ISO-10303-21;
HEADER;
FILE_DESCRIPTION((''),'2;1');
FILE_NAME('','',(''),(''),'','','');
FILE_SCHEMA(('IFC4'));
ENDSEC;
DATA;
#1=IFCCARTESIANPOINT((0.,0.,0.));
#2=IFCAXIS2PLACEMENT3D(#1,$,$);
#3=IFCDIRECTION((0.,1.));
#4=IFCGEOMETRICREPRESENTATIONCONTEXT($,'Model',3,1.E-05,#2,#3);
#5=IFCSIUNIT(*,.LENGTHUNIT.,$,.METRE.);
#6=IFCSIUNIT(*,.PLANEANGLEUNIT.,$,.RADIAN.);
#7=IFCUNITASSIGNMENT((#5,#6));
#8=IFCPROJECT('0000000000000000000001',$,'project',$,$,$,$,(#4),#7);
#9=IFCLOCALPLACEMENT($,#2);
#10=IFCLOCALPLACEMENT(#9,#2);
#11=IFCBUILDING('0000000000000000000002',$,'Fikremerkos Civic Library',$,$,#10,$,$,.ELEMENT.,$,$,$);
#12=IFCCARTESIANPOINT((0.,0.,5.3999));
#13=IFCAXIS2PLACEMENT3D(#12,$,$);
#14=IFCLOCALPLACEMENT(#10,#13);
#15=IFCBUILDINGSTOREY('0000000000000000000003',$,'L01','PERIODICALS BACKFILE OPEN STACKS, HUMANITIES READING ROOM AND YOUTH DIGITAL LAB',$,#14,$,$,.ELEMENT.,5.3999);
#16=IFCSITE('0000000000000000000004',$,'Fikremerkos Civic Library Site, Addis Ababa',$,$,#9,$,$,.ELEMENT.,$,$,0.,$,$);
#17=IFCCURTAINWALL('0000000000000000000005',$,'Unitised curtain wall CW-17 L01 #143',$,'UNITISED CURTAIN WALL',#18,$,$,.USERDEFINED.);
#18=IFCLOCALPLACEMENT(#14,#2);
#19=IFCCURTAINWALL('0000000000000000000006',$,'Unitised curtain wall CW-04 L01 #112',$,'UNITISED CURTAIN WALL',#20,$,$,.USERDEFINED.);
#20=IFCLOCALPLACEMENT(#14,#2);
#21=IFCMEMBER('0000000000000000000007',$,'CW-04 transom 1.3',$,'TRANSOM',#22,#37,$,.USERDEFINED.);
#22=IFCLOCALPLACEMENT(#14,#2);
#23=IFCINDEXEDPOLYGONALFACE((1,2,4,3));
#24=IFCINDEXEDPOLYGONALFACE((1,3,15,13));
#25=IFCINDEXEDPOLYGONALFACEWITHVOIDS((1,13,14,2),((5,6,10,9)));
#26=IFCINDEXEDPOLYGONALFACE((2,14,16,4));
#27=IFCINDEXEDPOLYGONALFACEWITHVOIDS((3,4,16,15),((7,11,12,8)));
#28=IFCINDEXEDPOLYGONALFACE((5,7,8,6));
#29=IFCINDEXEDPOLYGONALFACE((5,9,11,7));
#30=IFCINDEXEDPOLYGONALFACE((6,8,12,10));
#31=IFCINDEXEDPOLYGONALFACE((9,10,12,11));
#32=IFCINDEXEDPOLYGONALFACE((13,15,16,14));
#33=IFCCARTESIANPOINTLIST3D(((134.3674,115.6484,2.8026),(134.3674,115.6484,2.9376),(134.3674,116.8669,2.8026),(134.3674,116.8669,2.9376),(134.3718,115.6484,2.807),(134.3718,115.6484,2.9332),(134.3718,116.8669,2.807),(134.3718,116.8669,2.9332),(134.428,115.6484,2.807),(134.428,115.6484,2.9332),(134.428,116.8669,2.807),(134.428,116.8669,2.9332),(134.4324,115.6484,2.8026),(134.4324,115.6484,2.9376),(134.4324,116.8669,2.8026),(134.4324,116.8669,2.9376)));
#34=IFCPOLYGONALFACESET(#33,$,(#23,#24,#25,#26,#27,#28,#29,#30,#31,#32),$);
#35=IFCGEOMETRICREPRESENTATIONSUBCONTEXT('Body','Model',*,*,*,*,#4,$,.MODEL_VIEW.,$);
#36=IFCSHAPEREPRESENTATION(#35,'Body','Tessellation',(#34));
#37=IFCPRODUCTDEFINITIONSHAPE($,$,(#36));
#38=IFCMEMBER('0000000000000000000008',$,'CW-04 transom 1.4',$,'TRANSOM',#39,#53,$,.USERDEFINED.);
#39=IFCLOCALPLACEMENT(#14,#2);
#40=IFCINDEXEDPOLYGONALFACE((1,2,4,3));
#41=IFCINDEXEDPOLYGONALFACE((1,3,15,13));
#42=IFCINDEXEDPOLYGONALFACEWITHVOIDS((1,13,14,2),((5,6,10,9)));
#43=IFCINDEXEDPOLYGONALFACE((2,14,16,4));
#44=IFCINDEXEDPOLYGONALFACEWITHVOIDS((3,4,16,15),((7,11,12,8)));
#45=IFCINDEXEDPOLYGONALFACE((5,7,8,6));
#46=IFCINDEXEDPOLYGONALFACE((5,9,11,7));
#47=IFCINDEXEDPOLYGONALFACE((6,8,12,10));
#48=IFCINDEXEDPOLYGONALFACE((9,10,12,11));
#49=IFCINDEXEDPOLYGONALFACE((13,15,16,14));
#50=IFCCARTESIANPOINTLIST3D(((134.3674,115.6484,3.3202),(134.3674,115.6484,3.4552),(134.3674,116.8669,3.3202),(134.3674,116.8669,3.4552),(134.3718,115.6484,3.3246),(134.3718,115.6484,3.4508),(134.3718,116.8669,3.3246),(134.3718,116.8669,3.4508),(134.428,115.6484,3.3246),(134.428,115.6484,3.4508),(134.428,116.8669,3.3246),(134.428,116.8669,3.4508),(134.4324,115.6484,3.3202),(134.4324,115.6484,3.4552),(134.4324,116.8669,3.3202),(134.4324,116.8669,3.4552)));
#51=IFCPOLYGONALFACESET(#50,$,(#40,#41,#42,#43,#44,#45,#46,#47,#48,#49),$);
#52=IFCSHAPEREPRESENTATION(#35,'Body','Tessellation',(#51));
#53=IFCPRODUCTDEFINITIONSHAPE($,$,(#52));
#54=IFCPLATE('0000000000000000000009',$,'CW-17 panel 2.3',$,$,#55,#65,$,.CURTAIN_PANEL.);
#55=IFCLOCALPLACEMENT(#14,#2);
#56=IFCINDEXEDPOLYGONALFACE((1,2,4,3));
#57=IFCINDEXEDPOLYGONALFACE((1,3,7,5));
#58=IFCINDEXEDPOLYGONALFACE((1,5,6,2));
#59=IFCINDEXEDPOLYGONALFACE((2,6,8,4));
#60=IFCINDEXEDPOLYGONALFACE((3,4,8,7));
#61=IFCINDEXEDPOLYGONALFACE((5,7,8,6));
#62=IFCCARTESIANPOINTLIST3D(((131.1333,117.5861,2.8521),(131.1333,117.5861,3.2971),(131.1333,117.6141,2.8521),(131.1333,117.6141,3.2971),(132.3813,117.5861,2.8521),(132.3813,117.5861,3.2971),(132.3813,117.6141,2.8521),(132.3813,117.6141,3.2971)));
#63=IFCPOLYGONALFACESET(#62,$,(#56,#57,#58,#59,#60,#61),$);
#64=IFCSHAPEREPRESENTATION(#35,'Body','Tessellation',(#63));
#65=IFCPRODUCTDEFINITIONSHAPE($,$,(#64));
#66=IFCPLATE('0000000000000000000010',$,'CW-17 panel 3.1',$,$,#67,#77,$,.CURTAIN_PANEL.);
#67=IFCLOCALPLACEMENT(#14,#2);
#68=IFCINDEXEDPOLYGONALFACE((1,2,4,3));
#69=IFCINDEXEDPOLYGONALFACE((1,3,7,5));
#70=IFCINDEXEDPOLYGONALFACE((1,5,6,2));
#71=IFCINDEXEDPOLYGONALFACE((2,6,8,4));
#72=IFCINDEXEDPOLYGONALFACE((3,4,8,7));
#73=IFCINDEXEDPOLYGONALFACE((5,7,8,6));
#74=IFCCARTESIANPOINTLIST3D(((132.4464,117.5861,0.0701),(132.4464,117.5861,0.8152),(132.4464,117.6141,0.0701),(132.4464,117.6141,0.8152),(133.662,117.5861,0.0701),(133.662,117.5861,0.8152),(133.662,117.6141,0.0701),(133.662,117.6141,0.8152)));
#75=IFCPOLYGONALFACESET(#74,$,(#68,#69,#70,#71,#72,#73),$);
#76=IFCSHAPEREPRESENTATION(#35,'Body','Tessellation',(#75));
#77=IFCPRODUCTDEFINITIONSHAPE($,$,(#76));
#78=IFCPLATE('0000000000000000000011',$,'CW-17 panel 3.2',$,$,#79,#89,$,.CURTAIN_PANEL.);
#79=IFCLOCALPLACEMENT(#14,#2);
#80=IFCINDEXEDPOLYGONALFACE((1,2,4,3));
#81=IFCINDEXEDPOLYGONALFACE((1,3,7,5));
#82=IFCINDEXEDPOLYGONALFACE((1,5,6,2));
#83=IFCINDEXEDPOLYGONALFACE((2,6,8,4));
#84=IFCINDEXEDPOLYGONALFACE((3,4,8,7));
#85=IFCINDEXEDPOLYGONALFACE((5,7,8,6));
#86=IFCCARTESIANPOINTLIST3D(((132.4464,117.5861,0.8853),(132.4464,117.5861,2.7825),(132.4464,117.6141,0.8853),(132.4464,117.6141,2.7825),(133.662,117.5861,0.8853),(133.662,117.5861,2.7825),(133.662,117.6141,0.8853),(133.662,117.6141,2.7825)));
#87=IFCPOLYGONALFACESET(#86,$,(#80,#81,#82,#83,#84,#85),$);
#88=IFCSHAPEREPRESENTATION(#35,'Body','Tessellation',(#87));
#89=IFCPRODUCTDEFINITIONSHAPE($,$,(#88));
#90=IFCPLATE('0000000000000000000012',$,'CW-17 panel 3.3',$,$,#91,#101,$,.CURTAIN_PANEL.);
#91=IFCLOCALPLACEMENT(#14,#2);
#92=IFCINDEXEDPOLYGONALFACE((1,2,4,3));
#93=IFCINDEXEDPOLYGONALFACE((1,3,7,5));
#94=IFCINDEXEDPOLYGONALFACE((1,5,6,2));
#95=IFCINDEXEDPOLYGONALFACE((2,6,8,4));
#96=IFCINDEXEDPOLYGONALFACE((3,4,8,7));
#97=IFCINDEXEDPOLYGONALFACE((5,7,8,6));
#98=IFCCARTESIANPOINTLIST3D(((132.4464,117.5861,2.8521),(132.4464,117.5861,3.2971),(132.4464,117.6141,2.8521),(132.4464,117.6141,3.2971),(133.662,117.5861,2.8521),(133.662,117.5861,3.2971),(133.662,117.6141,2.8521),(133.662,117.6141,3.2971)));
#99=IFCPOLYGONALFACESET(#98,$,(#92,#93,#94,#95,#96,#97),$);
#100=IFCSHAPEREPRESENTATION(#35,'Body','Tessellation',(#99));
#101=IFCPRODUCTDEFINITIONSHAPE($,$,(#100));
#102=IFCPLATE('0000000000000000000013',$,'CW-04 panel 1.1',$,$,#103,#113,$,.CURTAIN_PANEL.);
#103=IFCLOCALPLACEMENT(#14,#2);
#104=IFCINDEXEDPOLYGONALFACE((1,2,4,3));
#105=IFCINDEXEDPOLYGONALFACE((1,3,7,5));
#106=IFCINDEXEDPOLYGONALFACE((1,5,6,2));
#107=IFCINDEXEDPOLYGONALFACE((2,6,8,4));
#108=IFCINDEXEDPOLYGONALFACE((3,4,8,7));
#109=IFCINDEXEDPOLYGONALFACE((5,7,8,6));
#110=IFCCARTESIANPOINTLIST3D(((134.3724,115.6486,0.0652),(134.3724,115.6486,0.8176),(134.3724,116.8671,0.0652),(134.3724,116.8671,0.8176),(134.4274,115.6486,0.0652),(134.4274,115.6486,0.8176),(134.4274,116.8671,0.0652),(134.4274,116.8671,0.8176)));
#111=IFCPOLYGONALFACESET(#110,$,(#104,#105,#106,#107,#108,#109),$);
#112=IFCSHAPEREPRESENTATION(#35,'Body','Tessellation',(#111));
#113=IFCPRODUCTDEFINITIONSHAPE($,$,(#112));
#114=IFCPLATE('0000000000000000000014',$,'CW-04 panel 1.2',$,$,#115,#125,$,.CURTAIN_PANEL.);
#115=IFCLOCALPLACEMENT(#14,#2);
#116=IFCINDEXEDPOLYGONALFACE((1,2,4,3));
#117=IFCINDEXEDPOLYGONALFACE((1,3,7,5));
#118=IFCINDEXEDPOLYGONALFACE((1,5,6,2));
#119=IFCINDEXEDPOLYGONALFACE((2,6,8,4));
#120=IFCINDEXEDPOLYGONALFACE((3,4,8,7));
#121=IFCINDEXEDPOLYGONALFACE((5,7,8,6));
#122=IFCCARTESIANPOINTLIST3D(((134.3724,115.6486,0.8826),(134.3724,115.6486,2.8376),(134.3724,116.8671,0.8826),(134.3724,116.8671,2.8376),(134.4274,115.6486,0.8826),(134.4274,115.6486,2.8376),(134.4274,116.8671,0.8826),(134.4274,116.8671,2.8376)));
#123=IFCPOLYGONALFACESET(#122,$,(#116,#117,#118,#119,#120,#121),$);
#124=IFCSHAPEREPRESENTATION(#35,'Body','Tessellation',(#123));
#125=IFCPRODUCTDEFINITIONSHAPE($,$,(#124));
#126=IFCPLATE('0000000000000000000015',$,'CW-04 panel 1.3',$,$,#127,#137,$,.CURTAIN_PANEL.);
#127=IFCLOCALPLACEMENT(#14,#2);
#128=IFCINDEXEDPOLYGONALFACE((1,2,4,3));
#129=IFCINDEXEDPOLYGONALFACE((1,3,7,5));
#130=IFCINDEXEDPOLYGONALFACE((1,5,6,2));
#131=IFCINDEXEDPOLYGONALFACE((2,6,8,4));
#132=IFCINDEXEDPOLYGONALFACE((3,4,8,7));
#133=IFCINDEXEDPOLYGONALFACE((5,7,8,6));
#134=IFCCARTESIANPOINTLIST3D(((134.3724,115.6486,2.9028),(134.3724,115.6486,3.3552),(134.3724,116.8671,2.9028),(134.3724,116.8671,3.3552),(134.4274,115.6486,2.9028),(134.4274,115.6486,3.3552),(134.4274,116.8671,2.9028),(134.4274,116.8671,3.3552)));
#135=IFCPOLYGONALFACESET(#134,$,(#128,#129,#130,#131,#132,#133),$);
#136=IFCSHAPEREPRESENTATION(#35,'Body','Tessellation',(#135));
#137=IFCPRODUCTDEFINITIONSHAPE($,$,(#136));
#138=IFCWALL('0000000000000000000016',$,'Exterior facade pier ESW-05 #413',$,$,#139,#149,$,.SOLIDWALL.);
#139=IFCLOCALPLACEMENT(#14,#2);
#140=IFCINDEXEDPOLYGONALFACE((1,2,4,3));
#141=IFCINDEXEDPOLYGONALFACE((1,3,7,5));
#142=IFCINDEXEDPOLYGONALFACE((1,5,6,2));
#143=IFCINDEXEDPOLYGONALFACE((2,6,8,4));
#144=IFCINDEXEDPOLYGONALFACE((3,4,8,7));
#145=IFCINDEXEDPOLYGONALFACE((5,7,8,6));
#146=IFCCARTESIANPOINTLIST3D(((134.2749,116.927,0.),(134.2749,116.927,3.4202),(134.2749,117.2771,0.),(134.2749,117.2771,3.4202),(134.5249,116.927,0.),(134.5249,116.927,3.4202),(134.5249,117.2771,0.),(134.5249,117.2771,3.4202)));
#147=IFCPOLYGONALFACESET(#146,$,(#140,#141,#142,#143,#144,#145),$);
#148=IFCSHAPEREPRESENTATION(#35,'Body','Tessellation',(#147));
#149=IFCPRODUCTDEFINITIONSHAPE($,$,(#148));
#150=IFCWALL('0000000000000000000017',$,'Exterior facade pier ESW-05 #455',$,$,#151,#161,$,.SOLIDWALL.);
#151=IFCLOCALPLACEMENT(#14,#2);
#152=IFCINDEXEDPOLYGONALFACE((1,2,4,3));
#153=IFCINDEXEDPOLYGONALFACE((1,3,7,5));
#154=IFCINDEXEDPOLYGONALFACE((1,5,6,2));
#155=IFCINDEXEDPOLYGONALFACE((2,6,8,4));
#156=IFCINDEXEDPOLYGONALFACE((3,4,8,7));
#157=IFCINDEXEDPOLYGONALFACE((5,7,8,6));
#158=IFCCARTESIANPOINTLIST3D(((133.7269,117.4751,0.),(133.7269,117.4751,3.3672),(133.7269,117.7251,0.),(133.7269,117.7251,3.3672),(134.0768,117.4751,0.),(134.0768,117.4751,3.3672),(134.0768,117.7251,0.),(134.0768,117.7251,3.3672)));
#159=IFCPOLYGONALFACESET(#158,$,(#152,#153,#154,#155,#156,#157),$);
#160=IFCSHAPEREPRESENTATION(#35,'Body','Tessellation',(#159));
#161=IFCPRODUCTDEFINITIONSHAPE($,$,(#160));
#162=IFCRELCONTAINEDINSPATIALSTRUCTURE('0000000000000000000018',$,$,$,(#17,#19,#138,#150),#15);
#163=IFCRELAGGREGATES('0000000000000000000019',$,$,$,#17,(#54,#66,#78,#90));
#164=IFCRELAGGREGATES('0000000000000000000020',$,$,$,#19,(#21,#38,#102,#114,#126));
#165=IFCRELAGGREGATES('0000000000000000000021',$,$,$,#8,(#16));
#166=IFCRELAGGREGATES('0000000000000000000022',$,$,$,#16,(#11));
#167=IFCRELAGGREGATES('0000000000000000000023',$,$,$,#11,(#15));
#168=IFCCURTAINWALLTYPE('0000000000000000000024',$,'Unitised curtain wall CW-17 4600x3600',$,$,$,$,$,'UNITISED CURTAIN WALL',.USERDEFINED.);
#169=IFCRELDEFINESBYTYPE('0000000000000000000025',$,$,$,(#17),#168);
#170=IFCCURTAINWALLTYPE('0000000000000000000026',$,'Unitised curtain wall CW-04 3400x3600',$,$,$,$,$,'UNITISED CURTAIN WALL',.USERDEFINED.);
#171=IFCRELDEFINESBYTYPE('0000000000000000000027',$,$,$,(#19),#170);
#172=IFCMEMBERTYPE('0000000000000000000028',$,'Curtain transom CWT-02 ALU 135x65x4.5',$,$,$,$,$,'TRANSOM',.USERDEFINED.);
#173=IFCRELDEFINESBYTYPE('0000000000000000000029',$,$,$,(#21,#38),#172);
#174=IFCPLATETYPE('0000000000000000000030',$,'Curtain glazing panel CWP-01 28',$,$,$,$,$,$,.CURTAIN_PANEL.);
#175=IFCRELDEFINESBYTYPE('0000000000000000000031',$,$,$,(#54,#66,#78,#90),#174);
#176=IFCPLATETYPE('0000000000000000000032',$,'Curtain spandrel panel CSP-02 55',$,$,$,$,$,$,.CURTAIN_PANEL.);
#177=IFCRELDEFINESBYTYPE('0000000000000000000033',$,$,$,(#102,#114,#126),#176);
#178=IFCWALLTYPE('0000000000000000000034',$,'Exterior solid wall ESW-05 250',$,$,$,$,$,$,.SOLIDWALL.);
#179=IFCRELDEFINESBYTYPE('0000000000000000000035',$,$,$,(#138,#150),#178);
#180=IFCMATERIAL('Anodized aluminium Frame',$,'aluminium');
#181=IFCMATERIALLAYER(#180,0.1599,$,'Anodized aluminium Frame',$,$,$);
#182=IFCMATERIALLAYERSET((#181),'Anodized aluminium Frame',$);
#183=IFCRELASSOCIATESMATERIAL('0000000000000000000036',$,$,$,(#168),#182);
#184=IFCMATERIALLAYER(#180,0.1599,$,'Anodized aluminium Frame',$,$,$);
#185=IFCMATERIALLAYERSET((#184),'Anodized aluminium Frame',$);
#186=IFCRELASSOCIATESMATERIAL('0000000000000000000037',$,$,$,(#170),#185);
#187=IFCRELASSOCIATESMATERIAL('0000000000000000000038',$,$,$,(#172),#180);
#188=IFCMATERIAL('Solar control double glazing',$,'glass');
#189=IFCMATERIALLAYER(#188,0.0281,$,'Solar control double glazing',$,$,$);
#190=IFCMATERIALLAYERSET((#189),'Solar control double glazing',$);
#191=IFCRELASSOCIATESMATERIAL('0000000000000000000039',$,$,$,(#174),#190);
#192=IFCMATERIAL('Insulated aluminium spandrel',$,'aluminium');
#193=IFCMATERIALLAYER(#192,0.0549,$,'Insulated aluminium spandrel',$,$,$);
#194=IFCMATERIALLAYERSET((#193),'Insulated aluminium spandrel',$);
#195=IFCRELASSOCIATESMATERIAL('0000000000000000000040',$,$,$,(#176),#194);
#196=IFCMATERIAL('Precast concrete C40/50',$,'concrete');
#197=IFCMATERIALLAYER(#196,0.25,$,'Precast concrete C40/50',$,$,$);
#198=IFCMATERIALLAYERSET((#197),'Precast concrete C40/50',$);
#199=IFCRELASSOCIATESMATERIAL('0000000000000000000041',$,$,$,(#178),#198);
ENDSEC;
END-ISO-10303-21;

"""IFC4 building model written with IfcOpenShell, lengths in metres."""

from ifc_helpers import new_model, si_unit, direction, frame, frame_2d, origin, origin_2d, place, context, subcontext, project, spatial, rectangle, hollow_rectangle, extrude, material, layer, layer_set, material_profile, profile_set, type_object, element, aggregate, save


model = new_model("IFC4")

# Units and contexts
model_context = context("Model", 3, precision=1e-05, world=origin(), true_north=direction((0.0, 1.0)))
body_context = subcontext(model_context, "Body", "Model", "MODEL_VIEW")
ifc_project = project(units=[si_unit("LENGTHUNIT", "METRE"), si_unit("PLANEANGLEUNIT", "RADIAN")], contexts=[model_context])

# Site, building, storey
site_placement = place(None, origin())
site = spatial("IfcSite", under=ifc_project, at=site_placement, Name="Fikremerkos Civic Library Site, Addis Ababa", CompositionType="ELEMENT", RefElevation=0.0)
building_placement = place(site_placement, origin())
building = spatial("IfcBuilding", under=site, at=building_placement, Name="Fikremerkos Civic Library", CompositionType="ELEMENT")
storey_placement = place(building_placement, frame((0.0, 0.0, 5.3999)))
storey = spatial("IfcBuildingStorey", under=building, at=storey_placement, Name="L01", Description="PERIODICALS BACKFILE OPEN STACKS, HUMANITIES READING ROOM AND YOUTH DIGITAL LAB", CompositionType="ELEMENT", Elevation=5.3999)

# Curtain wall
ifc_material_1 = material(Name="Anodized aluminium Frame", Category="aluminium")
ifc_layer_1 = layer(ifc_material_1, 0.1599, Name="Anodized aluminium Frame")
ifc_layer_set_1 = layer_set([ifc_layer_1], Name="Anodized aluminium Frame")
curtain_wall_type_1 = type_object("IfcCurtainWallType", Name="Unitised curtain wall CW-17 4600x3600", ElementType="UNITISED CURTAIN WALL", PredefinedType="USERDEFINED", material=ifc_layer_set_1)
curtain_wall_1_placement = place(storey_placement, origin())
curtain_wall_1 = element("IfcCurtainWall", 1, at=curtain_wall_1_placement, inside=storey, type_object=curtain_wall_type_1, Name="Unitised curtain wall CW-17 L01 #143", ObjectType="UNITISED CURTAIN WALL", PredefinedType="USERDEFINED")

# Curtain wall
ifc_layer_2 = layer(ifc_material_1, 0.1599, Name="Anodized aluminium Frame")
ifc_layer_set_2 = layer_set([ifc_layer_2], Name="Anodized aluminium Frame")
curtain_wall_type_2 = type_object("IfcCurtainWallType", Name="Unitised curtain wall CW-04 3400x3600", ElementType="UNITISED CURTAIN WALL", PredefinedType="USERDEFINED", material=ifc_layer_set_2)
curtain_wall_2_placement = place(storey_placement, origin())
curtain_wall_2 = element("IfcCurtainWall", 2, at=curtain_wall_2_placement, inside=storey, type_object=curtain_wall_type_2, Name="Unitised curtain wall CW-04 L01 #112", ObjectType="UNITISED CURTAIN WALL", PredefinedType="USERDEFINED")

# Members
ifc_material_profile_1 = material_profile(ifc_material_1, hollow_rectangle(XDim=0.0649, YDim=0.135, WallThickness=0.0044, at=origin_2d()), Name="ALU 135x65x4.5")
ifc_profile_set_1 = profile_set([ifc_material_profile_1], Name="Anodized aluminium Frame")
member_type_1 = type_object("IfcMemberType", Name="Curtain transom CWT-02 ALU 135x65x4.5", ElementType="TRANSOM", PredefinedType="USERDEFINED", material=ifc_profile_set_1)
member_1_placement = place(storey_placement, frame((134.3999, 116.8669, 2.8701), z_axis=(0.0, -1.0, 0.0), x_axis=(1.0, 0.0, 0.0)))
member_1 = element("IfcMember", 3, at=member_1_placement, type_object=member_type_1, Name="CW-04 transom 1.3", ObjectType="TRANSOM", PredefinedType="USERDEFINED", context=body_context, shape_type="SweptSolid", body=[
    extrude(hollow_rectangle(XDim=0.0649, YDim=0.135, WallThickness=0.0044, at=origin_2d()), origin(), (0.0, 0.0, 1.0), 1.2185),
])
member_2_placement = place(storey_placement, frame((134.3999, 116.8669, 3.3877), z_axis=(0.0, -1.0, 0.0), x_axis=(1.0, 0.0, 0.0)))
member_2 = element("IfcMember", 4, at=member_2_placement, type_object=member_type_1, Name="CW-04 transom 1.4", ObjectType="TRANSOM", PredefinedType="USERDEFINED", context=body_context, shape_type="SweptSolid", body=[
    extrude(hollow_rectangle(XDim=0.0649, YDim=0.135, WallThickness=0.0044, at=origin_2d()), origin(), (0.0, 0.0, 1.0), 1.2185),
])

# Plates
ifc_material_2 = material(Name="Solar control double glazing", Category="glass")
ifc_layer_3 = layer(ifc_material_2, 0.0281, Name="Solar control double glazing")
ifc_layer_set_3 = layer_set([ifc_layer_3], Name="Solar control double glazing")
plate_type_1 = type_object("IfcPlateType", Name="Curtain glazing panel CWP-01 28", PredefinedType="CURTAIN_PANEL", material=ifc_layer_set_3)
plate_1_placement = place(storey_placement, frame((131.7573, 117.6001, 2.8521), z_axis=(0.0, 0.0, 1.0), x_axis=(1.0, 0.0, 0.0)))
plate_1 = element("IfcPlate", 5, at=plate_1_placement, type_object=plate_type_1, Name="CW-17 panel 2.3", PredefinedType="CURTAIN_PANEL", context=body_context, shape_type="SweptSolid", body=[
    extrude(rectangle(XDim=1.248, YDim=0.0281, at=origin_2d()), origin(), (0.0, 0.0, 1.0), 0.4451),
])
plate_2_placement = place(storey_placement, frame((133.0542, 117.6001, 0.0701), z_axis=(0.0, 0.0, 1.0), x_axis=(1.0, 0.0, 0.0)))
plate_2 = element("IfcPlate", 6, at=plate_2_placement, type_object=plate_type_1, Name="CW-17 panel 3.1", PredefinedType="CURTAIN_PANEL", context=body_context, shape_type="SweptSolid", body=[
    extrude(rectangle(XDim=1.2156, YDim=0.0281, at=origin_2d()), origin(), (0.0, 0.0, 1.0), 0.7451),
])
plate_3_placement = place(storey_placement, frame((133.0542, 117.6001, 0.8853), z_axis=(0.0, 0.0, 1.0), x_axis=(1.0, 0.0, 0.0)))
plate_3 = element("IfcPlate", 7, at=plate_3_placement, type_object=plate_type_1, Name="CW-17 panel 3.2", PredefinedType="CURTAIN_PANEL", context=body_context, shape_type="SweptSolid", body=[
    extrude(rectangle(XDim=1.2156, YDim=0.0281, at=origin_2d()), origin(), (0.0, 0.0, 1.0), 1.8972),
])
plate_4_placement = place(storey_placement, frame((133.0542, 117.6001, 2.8521), z_axis=(0.0, 0.0, 1.0), x_axis=(1.0, 0.0, 0.0)))
plate_4 = element("IfcPlate", 8, at=plate_4_placement, type_object=plate_type_1, Name="CW-17 panel 3.3", PredefinedType="CURTAIN_PANEL", context=body_context, shape_type="SweptSolid", body=[
    extrude(rectangle(XDim=1.2156, YDim=0.0281, at=origin_2d()), origin(), (0.0, 0.0, 1.0), 0.4451),
])
aggregate(curtain_wall_1, [plate_1, plate_2, plate_3, plate_4])
ifc_material_3 = material(Name="Insulated aluminium spandrel", Category="aluminium")
ifc_layer_4 = layer(ifc_material_3, 0.0549, Name="Insulated aluminium spandrel")
ifc_layer_set_4 = layer_set([ifc_layer_4], Name="Insulated aluminium spandrel")
plate_type_2 = type_object("IfcPlateType", Name="Curtain spandrel panel CSP-02 55", PredefinedType="CURTAIN_PANEL", material=ifc_layer_set_4)
plate_5_placement = place(storey_placement, frame((134.3999, 116.2578, 0.0652), z_axis=(0.0, 0.0, 1.0), x_axis=(0.0, -1.0, 0.0)))
plate_5 = element("IfcPlate", 9, at=plate_5_placement, type_object=plate_type_2, Name="CW-04 panel 1.1", PredefinedType="CURTAIN_PANEL", context=body_context, shape_type="SweptSolid", body=[
    extrude(rectangle(XDim=1.2185, YDim=0.0549, at=origin_2d()), origin(), (0.0, 0.0, 1.0), 0.7524),
])
plate_6_placement = place(storey_placement, frame((134.3999, 116.2578, 0.8826), z_axis=(0.0, 0.0, 1.0), x_axis=(0.0, -1.0, 0.0)))
plate_6 = element("IfcPlate", 10, at=plate_6_placement, type_object=plate_type_2, Name="CW-04 panel 1.2", PredefinedType="CURTAIN_PANEL", context=body_context, shape_type="SweptSolid", body=[
    extrude(rectangle(XDim=1.2185, YDim=0.0549, at=origin_2d()), origin(), (0.0, 0.0, 1.0), 1.9551),
])
plate_7_placement = place(storey_placement, frame((134.3999, 116.2578, 2.9028), z_axis=(0.0, 0.0, 1.0), x_axis=(0.0, -1.0, 0.0)))
plate_7 = element("IfcPlate", 11, at=plate_7_placement, type_object=plate_type_2, Name="CW-04 panel 1.3", PredefinedType="CURTAIN_PANEL", context=body_context, shape_type="SweptSolid", body=[
    extrude(rectangle(XDim=1.2185, YDim=0.0549, at=origin_2d()), origin(), (0.0, 0.0, 1.0), 0.4524),
])
aggregate(curtain_wall_2, [member_1, member_2, plate_5, plate_6, plate_7])

# Walls
ifc_material_4 = material(Name="Precast concrete C40/50", Category="concrete")
ifc_layer_5 = layer(ifc_material_4, 0.25, Name="Precast concrete C40/50")
ifc_layer_set_5 = layer_set([ifc_layer_5], Name="Precast concrete C40/50")
wall_type = type_object("IfcWallType", Name="Exterior solid wall ESW-05 250", PredefinedType="SOLIDWALL", material=ifc_layer_set_5)
wall_1_placement = place(storey_placement, frame((134.3999, 117.2771, 0.0), z_axis=(0.0, 0.0, 1.0), x_axis=(0.0, -1.0, 0.0)))
element("IfcWall", 12, at=wall_1_placement, inside=storey, type_object=wall_type, Name="Exterior facade pier ESW-05 #413", PredefinedType="SOLIDWALL", context=body_context, shape_type="SweptSolid", body=[
    extrude(rectangle(XDim=0.3501, YDim=0.25, at=frame_2d((0.175, 0.0))), origin(), (0.0, 0.0, 1.0), 3.4202),
])
wall_2_placement = place(storey_placement, frame((133.7271, 117.6001, 0.0), z_axis=(0.0, 0.0, 1.0), x_axis=(1.0, 0.0, 0.0)))
element("IfcWall", 13, at=wall_2_placement, inside=storey, type_object=wall_type, Name="Exterior facade pier ESW-05 #455", PredefinedType="SOLIDWALL", context=body_context, shape_type="SweptSolid", body=[
    extrude(rectangle(XDim=0.3499, YDim=0.25, at=frame_2d((0.1748, 0.0))), origin(), (0.0, 0.0, 1.0), 3.3672),
])

save(model, "model.ifc")
